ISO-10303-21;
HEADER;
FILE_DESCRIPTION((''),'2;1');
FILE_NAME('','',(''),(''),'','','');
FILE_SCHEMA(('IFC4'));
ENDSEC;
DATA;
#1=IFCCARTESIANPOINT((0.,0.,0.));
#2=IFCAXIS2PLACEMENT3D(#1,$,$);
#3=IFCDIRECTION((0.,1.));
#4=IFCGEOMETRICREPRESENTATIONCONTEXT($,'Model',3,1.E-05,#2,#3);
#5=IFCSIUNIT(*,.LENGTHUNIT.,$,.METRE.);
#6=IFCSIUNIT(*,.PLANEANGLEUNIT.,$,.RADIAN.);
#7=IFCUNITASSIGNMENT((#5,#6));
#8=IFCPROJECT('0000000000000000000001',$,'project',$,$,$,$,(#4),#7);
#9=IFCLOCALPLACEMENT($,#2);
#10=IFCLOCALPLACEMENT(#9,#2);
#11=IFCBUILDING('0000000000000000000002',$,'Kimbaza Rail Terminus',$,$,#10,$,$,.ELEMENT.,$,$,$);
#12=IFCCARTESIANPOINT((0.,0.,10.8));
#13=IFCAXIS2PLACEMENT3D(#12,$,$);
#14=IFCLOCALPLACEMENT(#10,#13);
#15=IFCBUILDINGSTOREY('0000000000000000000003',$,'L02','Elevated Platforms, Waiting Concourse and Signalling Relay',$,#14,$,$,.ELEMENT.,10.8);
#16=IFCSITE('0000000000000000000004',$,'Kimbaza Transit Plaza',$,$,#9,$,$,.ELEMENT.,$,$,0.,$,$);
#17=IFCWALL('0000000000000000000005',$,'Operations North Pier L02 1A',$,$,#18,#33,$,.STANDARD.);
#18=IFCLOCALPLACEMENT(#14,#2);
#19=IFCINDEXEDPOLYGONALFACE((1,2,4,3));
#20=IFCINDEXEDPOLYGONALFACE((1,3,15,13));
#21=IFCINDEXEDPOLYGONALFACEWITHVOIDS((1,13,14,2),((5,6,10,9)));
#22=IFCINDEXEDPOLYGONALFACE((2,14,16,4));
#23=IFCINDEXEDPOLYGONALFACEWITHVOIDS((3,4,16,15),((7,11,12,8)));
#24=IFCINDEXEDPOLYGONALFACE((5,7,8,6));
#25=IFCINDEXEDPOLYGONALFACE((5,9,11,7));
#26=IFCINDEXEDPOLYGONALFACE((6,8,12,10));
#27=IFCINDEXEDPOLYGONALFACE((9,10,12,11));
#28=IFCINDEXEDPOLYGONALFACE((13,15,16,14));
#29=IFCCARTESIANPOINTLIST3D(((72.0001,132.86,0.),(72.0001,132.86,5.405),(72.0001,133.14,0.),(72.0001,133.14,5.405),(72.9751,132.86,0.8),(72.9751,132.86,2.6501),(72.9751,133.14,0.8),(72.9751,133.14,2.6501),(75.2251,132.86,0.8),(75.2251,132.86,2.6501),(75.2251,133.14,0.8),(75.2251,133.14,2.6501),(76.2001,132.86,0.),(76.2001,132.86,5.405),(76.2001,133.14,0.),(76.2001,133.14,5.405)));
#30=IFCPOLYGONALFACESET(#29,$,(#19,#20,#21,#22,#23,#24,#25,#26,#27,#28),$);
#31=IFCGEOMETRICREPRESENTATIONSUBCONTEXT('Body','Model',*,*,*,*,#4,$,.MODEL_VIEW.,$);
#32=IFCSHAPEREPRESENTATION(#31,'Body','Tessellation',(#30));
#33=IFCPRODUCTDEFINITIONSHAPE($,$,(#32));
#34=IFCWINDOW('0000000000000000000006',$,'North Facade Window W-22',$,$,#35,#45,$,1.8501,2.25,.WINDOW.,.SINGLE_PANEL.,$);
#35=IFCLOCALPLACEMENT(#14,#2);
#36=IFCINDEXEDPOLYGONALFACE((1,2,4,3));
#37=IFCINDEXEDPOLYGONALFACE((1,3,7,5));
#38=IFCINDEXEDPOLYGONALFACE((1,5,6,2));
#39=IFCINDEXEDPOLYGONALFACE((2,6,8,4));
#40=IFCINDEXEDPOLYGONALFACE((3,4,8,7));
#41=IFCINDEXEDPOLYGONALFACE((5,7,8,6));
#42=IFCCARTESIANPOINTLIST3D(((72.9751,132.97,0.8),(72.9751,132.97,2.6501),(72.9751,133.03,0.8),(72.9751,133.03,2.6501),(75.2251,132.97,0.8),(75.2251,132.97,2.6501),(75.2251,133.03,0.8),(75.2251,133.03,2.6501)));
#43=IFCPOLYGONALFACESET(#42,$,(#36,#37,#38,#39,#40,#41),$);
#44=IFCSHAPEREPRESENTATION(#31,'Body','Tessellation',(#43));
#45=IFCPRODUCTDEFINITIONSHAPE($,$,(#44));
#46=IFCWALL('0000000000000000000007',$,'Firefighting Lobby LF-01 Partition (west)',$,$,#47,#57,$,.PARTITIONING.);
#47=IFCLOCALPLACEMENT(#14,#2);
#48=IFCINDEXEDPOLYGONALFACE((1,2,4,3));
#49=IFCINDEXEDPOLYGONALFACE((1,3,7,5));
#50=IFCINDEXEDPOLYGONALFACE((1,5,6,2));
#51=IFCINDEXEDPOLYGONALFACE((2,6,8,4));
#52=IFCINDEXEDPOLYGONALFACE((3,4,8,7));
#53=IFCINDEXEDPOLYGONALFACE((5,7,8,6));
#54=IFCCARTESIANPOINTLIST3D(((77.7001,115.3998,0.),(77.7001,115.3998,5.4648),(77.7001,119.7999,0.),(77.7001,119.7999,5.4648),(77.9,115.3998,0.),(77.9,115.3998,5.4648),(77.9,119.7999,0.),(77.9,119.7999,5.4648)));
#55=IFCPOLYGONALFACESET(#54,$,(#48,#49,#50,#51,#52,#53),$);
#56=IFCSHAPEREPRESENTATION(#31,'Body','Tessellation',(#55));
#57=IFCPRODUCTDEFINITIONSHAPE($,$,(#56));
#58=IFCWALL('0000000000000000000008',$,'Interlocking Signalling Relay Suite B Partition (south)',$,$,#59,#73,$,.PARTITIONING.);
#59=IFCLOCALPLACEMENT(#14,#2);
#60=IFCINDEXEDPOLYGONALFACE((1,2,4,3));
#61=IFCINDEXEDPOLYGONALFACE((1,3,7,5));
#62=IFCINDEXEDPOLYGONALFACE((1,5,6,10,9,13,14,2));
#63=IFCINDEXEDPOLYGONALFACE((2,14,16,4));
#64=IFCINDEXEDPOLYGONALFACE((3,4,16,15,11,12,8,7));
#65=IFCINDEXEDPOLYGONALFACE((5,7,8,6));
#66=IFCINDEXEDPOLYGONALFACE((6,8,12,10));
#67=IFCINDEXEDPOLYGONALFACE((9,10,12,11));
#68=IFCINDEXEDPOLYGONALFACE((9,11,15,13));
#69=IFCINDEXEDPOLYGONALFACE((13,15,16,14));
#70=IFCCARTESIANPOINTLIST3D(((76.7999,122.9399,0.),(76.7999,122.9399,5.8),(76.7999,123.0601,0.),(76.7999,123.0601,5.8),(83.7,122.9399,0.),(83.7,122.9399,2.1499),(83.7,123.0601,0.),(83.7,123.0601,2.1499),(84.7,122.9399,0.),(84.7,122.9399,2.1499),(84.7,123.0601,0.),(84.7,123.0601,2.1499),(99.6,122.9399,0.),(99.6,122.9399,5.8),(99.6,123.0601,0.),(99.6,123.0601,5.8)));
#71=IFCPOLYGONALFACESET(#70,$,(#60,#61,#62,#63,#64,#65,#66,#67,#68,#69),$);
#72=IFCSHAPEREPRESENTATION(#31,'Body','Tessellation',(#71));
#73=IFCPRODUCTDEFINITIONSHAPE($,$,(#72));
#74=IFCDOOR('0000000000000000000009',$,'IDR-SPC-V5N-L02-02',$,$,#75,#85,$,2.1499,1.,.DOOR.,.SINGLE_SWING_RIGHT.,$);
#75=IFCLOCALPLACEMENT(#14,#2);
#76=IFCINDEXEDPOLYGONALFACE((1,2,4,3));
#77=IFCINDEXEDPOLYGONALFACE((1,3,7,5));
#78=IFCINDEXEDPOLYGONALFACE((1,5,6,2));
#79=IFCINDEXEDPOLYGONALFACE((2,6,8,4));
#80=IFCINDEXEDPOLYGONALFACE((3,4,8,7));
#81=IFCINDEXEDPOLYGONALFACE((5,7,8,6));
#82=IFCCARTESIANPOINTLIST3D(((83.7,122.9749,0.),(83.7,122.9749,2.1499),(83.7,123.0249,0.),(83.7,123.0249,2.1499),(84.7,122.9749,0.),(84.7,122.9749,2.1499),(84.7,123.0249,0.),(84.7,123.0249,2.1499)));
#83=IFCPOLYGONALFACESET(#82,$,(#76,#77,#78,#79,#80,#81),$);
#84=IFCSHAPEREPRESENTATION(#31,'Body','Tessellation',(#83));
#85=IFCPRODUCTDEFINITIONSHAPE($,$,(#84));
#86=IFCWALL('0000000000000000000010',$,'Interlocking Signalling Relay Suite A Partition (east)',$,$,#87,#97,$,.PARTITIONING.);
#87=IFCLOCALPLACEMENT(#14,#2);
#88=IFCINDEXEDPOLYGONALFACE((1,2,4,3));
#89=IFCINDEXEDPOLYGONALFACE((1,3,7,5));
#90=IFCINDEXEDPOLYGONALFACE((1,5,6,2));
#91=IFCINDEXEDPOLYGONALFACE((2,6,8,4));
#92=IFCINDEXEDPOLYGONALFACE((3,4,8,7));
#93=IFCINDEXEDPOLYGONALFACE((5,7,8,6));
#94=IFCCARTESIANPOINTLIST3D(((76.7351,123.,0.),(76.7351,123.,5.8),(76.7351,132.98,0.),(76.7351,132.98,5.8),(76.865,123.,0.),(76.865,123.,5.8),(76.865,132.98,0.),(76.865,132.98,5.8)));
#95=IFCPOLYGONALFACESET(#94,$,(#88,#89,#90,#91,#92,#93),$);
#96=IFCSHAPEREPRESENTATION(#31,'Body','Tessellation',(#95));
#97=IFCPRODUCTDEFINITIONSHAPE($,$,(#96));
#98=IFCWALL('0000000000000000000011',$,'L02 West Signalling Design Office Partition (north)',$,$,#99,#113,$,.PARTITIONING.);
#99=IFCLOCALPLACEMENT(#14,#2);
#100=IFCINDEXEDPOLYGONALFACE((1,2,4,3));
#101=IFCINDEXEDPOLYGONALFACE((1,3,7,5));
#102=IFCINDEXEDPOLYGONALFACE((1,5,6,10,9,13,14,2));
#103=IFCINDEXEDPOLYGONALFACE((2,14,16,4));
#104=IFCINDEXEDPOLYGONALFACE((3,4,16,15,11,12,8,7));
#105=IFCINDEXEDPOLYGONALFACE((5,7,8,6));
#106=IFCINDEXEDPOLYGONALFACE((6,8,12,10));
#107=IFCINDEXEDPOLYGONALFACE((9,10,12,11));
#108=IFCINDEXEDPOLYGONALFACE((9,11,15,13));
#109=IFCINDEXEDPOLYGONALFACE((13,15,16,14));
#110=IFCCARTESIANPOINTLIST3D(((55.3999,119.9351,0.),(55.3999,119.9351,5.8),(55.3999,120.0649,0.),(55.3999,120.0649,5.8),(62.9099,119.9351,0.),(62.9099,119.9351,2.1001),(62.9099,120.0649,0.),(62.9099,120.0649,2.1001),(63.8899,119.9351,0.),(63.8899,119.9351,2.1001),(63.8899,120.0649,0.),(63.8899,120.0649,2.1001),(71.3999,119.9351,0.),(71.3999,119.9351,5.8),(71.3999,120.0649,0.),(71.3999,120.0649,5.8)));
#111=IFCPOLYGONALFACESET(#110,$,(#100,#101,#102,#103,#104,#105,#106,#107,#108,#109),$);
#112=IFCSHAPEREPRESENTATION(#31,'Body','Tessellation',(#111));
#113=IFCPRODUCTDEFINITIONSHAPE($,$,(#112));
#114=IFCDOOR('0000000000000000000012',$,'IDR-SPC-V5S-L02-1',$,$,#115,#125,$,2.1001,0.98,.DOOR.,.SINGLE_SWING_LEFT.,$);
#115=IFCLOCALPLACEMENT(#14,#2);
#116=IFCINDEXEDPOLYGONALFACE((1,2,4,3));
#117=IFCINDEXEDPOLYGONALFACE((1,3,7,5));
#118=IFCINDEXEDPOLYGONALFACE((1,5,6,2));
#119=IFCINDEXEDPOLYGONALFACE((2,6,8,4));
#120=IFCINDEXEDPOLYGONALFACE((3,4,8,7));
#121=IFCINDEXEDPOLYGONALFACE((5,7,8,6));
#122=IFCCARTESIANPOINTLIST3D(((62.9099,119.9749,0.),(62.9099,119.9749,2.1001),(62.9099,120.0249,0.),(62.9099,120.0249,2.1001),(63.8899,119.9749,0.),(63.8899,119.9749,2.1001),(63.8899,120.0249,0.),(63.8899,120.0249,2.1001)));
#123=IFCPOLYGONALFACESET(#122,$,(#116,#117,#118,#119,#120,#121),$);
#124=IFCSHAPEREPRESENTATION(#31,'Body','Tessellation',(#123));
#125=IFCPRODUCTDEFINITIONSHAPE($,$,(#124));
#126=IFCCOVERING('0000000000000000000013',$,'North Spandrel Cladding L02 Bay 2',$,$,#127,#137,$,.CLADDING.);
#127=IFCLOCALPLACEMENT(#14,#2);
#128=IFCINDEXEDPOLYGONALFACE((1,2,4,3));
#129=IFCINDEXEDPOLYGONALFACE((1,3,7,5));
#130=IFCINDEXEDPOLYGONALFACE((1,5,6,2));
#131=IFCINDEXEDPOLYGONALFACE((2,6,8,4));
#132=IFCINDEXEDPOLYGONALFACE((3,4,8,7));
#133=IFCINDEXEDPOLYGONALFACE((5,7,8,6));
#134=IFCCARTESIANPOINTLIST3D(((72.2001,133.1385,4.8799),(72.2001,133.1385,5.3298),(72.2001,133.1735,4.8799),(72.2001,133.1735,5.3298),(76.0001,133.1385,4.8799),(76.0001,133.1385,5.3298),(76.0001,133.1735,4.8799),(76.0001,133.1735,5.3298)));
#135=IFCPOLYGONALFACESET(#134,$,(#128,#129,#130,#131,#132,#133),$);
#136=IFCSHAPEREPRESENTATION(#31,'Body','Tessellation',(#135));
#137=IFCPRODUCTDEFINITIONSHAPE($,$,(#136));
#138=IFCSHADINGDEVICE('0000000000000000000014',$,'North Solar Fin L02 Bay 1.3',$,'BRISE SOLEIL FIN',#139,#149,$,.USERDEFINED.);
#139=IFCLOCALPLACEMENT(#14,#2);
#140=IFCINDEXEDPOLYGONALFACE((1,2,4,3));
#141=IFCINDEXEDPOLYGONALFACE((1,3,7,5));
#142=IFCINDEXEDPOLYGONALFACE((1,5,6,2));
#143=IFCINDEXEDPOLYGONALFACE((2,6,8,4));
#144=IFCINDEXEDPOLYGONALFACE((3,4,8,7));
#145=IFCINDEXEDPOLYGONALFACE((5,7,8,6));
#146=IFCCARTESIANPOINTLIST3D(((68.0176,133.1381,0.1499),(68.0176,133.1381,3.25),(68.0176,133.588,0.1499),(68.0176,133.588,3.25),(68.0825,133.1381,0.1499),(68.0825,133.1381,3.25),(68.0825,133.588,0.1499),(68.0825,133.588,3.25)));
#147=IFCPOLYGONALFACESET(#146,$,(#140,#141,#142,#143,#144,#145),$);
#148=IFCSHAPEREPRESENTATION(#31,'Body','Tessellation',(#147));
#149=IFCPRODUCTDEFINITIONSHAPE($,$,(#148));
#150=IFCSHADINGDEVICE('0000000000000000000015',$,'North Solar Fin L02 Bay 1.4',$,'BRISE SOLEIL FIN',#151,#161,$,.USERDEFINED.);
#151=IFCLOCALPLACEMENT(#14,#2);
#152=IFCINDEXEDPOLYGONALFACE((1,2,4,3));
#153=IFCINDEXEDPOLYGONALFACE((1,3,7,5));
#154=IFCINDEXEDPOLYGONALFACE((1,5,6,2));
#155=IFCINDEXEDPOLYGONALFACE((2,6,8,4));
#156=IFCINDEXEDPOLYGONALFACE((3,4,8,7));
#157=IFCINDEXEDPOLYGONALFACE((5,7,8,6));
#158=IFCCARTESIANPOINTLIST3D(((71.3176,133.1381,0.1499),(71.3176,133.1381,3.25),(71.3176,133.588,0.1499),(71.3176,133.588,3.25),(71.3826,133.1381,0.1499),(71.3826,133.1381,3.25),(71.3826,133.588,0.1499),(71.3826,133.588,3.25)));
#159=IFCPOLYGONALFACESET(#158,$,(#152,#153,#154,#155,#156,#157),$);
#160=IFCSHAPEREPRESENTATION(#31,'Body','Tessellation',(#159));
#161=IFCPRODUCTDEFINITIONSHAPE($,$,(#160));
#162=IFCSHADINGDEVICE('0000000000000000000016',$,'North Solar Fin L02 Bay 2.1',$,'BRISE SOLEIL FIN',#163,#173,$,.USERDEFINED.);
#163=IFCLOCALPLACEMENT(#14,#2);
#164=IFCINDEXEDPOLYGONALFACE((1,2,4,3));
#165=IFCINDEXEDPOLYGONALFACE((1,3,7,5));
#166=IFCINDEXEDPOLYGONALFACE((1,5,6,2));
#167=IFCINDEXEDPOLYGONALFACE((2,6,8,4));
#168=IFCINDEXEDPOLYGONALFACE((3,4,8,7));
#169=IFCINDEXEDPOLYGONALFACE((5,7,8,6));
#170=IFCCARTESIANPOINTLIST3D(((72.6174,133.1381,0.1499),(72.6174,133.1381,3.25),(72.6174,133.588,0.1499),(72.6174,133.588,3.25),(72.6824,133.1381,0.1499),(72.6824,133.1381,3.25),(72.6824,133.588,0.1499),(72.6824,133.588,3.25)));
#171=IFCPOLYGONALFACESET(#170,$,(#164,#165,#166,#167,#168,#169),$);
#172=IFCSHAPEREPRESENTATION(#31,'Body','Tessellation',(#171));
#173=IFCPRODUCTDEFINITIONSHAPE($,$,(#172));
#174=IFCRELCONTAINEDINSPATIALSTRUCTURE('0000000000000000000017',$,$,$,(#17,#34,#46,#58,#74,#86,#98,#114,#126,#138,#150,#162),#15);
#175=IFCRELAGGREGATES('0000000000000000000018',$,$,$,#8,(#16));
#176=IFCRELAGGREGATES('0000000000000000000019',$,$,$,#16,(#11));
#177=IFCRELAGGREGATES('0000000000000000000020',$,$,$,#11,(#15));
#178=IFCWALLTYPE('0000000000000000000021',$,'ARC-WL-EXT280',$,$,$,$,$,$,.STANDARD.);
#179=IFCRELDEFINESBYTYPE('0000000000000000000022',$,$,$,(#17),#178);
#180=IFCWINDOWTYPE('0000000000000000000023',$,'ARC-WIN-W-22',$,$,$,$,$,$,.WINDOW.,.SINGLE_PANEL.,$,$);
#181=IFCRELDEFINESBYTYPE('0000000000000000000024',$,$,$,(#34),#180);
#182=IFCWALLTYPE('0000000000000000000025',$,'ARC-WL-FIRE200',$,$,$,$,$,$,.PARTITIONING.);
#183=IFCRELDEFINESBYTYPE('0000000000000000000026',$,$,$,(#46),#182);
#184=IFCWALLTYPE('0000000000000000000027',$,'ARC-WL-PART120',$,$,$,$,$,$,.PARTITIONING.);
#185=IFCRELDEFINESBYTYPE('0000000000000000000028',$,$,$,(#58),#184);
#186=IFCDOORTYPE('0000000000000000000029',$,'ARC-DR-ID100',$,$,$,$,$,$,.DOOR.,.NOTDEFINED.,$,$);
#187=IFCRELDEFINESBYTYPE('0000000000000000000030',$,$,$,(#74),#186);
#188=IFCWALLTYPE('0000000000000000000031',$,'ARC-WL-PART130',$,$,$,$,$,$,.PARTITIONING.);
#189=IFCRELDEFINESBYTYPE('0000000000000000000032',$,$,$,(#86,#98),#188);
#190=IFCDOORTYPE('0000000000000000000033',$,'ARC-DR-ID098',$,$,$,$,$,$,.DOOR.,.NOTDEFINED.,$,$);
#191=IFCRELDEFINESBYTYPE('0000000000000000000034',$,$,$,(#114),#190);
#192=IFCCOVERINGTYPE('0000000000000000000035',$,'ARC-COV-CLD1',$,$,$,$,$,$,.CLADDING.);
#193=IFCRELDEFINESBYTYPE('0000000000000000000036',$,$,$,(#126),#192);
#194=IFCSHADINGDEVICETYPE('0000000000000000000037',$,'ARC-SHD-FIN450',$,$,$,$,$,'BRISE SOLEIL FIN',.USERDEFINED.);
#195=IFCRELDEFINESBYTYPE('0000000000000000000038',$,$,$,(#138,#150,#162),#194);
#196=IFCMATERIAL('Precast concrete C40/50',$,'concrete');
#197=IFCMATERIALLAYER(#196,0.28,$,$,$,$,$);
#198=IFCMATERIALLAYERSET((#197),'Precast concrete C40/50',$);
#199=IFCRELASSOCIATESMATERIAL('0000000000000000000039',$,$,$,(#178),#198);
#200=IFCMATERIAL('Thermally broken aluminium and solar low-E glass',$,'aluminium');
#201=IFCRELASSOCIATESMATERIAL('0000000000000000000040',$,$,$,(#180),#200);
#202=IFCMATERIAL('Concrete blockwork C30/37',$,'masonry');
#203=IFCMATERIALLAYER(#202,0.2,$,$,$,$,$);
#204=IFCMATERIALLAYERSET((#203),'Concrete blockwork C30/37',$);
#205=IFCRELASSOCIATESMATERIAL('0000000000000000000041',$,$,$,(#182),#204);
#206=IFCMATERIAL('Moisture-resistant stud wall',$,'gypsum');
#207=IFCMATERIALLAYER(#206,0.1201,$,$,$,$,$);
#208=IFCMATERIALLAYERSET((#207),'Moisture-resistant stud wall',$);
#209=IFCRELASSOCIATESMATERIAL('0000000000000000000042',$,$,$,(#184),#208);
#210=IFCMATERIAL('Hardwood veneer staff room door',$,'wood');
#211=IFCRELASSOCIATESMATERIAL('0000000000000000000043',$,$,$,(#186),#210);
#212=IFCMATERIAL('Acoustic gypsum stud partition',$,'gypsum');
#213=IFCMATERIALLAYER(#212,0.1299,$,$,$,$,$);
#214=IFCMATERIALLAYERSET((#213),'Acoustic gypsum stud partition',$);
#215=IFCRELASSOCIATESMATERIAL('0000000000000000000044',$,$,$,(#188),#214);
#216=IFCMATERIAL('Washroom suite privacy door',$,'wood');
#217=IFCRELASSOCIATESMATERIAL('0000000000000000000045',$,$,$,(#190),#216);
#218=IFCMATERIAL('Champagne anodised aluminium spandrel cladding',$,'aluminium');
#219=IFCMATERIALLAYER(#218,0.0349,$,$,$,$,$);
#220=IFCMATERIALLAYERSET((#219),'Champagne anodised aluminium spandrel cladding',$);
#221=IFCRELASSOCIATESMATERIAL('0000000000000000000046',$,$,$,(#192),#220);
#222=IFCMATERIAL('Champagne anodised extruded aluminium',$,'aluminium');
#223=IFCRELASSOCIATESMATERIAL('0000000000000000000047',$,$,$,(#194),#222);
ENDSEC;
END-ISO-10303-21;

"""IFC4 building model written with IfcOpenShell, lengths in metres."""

from ifc_helpers import new_model, si_unit, direction, frame, frame_2d, origin, origin_2d, place, context, subcontext, project, spatial, rectangle, extrude, material, layer, layer_set, type_object, element, fill, save


model = new_model("IFC4")

# Units and contexts
model_context = context("Model", 3, precision=1e-05, world=origin(), true_north=direction((0.0, 1.0)))
body_context = subcontext(model_context, "Body", "Model", "MODEL_VIEW")
ifc_project = project(units=[si_unit("LENGTHUNIT", "METRE"), si_unit("PLANEANGLEUNIT", "RADIAN")], contexts=[model_context])

# Site, building, storey
site_placement = place(None, origin())
site = spatial("IfcSite", under=ifc_project, at=site_placement, Name="Kimbaza Transit Plaza", CompositionType="ELEMENT", RefElevation=0.0)
building_placement = place(site_placement, origin())
building = spatial("IfcBuilding", under=site, at=building_placement, Name="Kimbaza Rail Terminus", CompositionType="ELEMENT")
storey_placement = place(building_placement, frame((0.0, 0.0, 10.8)))
storey = spatial("IfcBuildingStorey", under=building, at=storey_placement, Name="L02", Description="Elevated Platforms, Waiting Concourse and Signalling Relay", CompositionType="ELEMENT", Elevation=10.8)

# Wall, opening, window
ifc_material_1 = material(Name="Precast concrete C40/50", Category="concrete")
ifc_layer_1 = layer(ifc_material_1, 0.28)
ifc_layer_set_1 = layer_set([ifc_layer_1], Name="Precast concrete C40/50")
wall_type_1 = type_object("IfcWallType", Name="ARC-WL-EXT280", PredefinedType="STANDARD", material=ifc_layer_set_1)
wall_1_placement = place(storey_placement, frame((72.0, 133.0, 0.0), z_axis=(0.0, 0.0, 1.0), x_axis=(1.0, 0.0, 0.0)))
wall_1 = element("IfcWall", 1, at=wall_1_placement, inside=storey, type_object=wall_type_1, Name="Operations North Pier L02 1A", PredefinedType="STANDARD", context=body_context, shape_type="SweptSolid", body=[
    extrude(rectangle(XDim=4.2, YDim=0.28, at=frame_2d((2.1001, 0.0))), origin(), (0.0, 0.0, 1.0), 5.405),
])
opening_1_placement = place(wall_1_placement, frame((0.9751, 0.0, 0.8)))
opening_1 = element("IfcOpeningElement", 2, at=opening_1_placement, cuts=wall_1, PredefinedType="OPENING", context=body_context, shape_type="SweptSolid", body=[
    extrude(rectangle(XDim=2.25, YDim=1.8501, at=frame_2d((1.125, 0.925))), frame((0.0, 0.1499, 0.0), z_axis=(0.0, -1.0, 0.0), x_axis=(1.0, 0.0, 0.0)), (0.0, 0.0, 1.0), 0.3),
])
ifc_material_2 = material(Name="Thermally broken aluminium and solar low-E glass", Category="aluminium")
window_type_1 = type_object("IfcWindowType", Name="ARC-WIN-W-22", PartitioningType="SINGLE_PANEL", PredefinedType="WINDOW", material=ifc_material_2)
window_1_placement = place(opening_1_placement, origin())
window_1 = element("IfcWindow", 3, at=window_1_placement, inside=storey, type_object=window_type_1, Name="North Facade Window W-22", OverallHeight=1.8501, OverallWidth=2.25, PartitioningType="SINGLE_PANEL", PredefinedType="WINDOW", context=body_context, shape_type="SweptSolid", body=[
    extrude(rectangle(XDim=2.25, YDim=1.8501, at=frame_2d((1.125, 0.925))), frame((0.0, 0.03, 0.0), z_axis=(0.0, -1.0, 0.0), x_axis=(1.0, 0.0, 0.0)), (0.0, 0.0, 1.0), 0.0601),
])
fill(opening_1, window_1)

# Wall
ifc_material_3 = material(Name="Concrete blockwork C30/37", Category="masonry")
ifc_layer_2 = layer(ifc_material_3, 0.2)
ifc_layer_set_2 = layer_set([ifc_layer_2], Name="Concrete blockwork C30/37")
wall_type_2 = type_object("IfcWallType", Name="ARC-WL-FIRE200", PredefinedType="PARTITIONING", material=ifc_layer_set_2)
wall_2_placement = place(storey_placement, frame((77.8, 119.8, 0.0), z_axis=(0.0, 0.0, 1.0), x_axis=(0.0, -1.0, 0.0)))
element("IfcWall", 4, at=wall_2_placement, inside=storey, type_object=wall_type_2, Name="Firefighting Lobby LF-01 Partition (west)", PredefinedType="PARTITIONING", context=body_context, shape_type="SweptSolid", body=[
    extrude(rectangle(XDim=4.4001, YDim=0.2, at=frame_2d((2.2002, 0.0))), origin(), (0.0, 0.0, 1.0), 5.4648),
])

# Wall, opening, door
ifc_material_4 = material(Name="Moisture-resistant stud wall", Category="gypsum")
ifc_layer_3 = layer(ifc_material_4, 0.1201)
ifc_layer_set_3 = layer_set([ifc_layer_3], Name="Moisture-resistant stud wall")
wall_type_3 = type_object("IfcWallType", Name="ARC-WL-PART120", PredefinedType="PARTITIONING", material=ifc_layer_set_3)
wall_3_placement = place(storey_placement, frame((76.8, 123.0, 0.0), z_axis=(0.0, 0.0, 1.0), x_axis=(1.0, 0.0, 0.0)))
wall_3 = element("IfcWall", 5, at=wall_3_placement, inside=storey, type_object=wall_type_3, Name="Interlocking Signalling Relay Suite B Partition (south)", PredefinedType="PARTITIONING", context=body_context, shape_type="SweptSolid", body=[
    extrude(rectangle(XDim=22.8, YDim=0.1201, at=frame_2d((11.3999, 0.0))), origin(), (0.0, 0.0, 1.0), 5.8),
])
opening_2_placement = place(wall_3_placement, frame((6.8999, 0.0, 0.0)))
opening_2 = element("IfcOpeningElement", 6, at=opening_2_placement, cuts=wall_3, PredefinedType="OPENING", context=body_context, shape_type="SweptSolid", body=[
    extrude(rectangle(XDim=1.0, YDim=2.1499, at=frame_2d((0.5, 1.075))), frame((0.0, 0.0701, 0.0), z_axis=(0.0, -1.0, 0.0), x_axis=(1.0, 0.0, 0.0)), (0.0, 0.0, 1.0), 0.1401),
])
ifc_material_5 = material(Name="Hardwood veneer staff room door", Category="wood")
door_type_1 = type_object("IfcDoorType", Name="ARC-DR-ID100", OperationType="NOTDEFINED", PredefinedType="DOOR", material=ifc_material_5)
door_1_placement = place(opening_2_placement, origin())
door_1 = element("IfcDoor", 7, at=door_1_placement, inside=storey, type_object=door_type_1, Name="IDR-SPC-V5N-L02-02", OperationType="SINGLE_SWING_RIGHT", OverallHeight=2.1499, OverallWidth=1.0, PredefinedType="DOOR", context=body_context, shape_type="SweptSolid", body=[
    extrude(rectangle(XDim=1.0, YDim=2.1499, at=frame_2d((0.5, 1.075))), frame((0.0, 0.0249, 0.0), z_axis=(0.0, -1.0, 0.0), x_axis=(1.0, 0.0, 0.0)), (0.0, 0.0, 1.0), 0.05),
])
fill(opening_2, door_1)

# Wall
ifc_material_6 = material(Name="Acoustic gypsum stud partition", Category="gypsum")
ifc_layer_4 = layer(ifc_material_6, 0.1299)
ifc_layer_set_4 = layer_set([ifc_layer_4], Name="Acoustic gypsum stud partition")
wall_type_4 = type_object("IfcWallType", Name="ARC-WL-PART130", PredefinedType="PARTITIONING", material=ifc_layer_set_4)
wall_4_placement = place(storey_placement, frame((76.8, 123.0, 0.0), z_axis=(0.0, 0.0, 1.0), x_axis=(0.0, 1.0, 0.0)))
element("IfcWall", 8, at=wall_4_placement, inside=storey, type_object=wall_type_4, Name="Interlocking Signalling Relay Suite A Partition (east)", PredefinedType="PARTITIONING", context=body_context, shape_type="SweptSolid", body=[
    extrude(rectangle(XDim=9.98, YDim=0.1299, at=frame_2d((4.99, 0.0))), origin(), (0.0, 0.0, 1.0), 5.8),
])

# Wall, opening, door
wall_5_placement = place(storey_placement, frame((71.3999, 120.0, 0.0), z_axis=(0.0, 0.0, 1.0), x_axis=(-1.0, 0.0, 0.0)))
wall_5 = element("IfcWall", 9, at=wall_5_placement, inside=storey, type_object=wall_type_4, Name="L02 West Signalling Design Office Partition (north)", PredefinedType="PARTITIONING", context=body_context, shape_type="SweptSolid", body=[
    extrude(rectangle(XDim=16.0, YDim=0.1299, at=frame_2d((8.0, 0.0))), origin(), (0.0, 0.0, 1.0), 5.8),
])
opening_3_placement = place(wall_5_placement, frame((8.49, 0.0, 0.0), z_axis=(0.0, 0.0, 1.0), x_axis=(-1.0, 0.0, 0.0)))
opening_3 = element("IfcOpeningElement", 10, at=opening_3_placement, cuts=wall_5, PredefinedType="OPENING", context=body_context, shape_type="SweptSolid", body=[
    extrude(rectangle(XDim=0.98, YDim=2.1001, at=frame_2d((0.49, 1.05))), frame((0.0, 0.075, 0.0), z_axis=(0.0, -1.0, 0.0), x_axis=(1.0, 0.0, 0.0)), (0.0, 0.0, 1.0), 0.1499),
])
ifc_material_7 = material(Name="Washroom suite privacy door", Category="wood")
door_type_2 = type_object("IfcDoorType", Name="ARC-DR-ID098", OperationType="NOTDEFINED", PredefinedType="DOOR", material=ifc_material_7)
door_2_placement = place(opening_3_placement, origin())
door_2 = element("IfcDoor", 11, at=door_2_placement, inside=storey, type_object=door_type_2, Name="IDR-SPC-V5S-L02-1", OperationType="SINGLE_SWING_LEFT", OverallHeight=2.1001, OverallWidth=0.98, PredefinedType="DOOR", context=body_context, shape_type="SweptSolid", body=[
    extrude(rectangle(XDim=0.98, YDim=2.1001, at=frame_2d((0.49, 1.05))), frame((0.0, 0.0249, 0.0), z_axis=(0.0, -1.0, 0.0), x_axis=(1.0, 0.0, 0.0)), (0.0, 0.0, 1.0), 0.05),
])
fill(opening_3, door_2)

# Covering
ifc_material_8 = material(Name="Champagne anodised aluminium spandrel cladding", Category="aluminium")
ifc_layer_5 = layer(ifc_material_8, 0.0349)
ifc_layer_set_5 = layer_set([ifc_layer_5], Name="Champagne anodised aluminium spandrel cladding")
covering_type = type_object("IfcCoveringType", Name="ARC-COV-CLD1", PredefinedType="CLADDING", material=ifc_layer_set_5)
covering_placement = place(storey_placement, frame((74.1001, 133.156, 4.8799), z_axis=(0.0, 0.0, 1.0), x_axis=(1.0, 0.0, 0.0)))
element("IfcCovering", 12, at=covering_placement, inside=storey, type_object=covering_type, Name="North Spandrel Cladding L02 Bay 2", PredefinedType="CLADDING", context=body_context, shape_type="SweptSolid", body=[
    extrude(rectangle(XDim=3.8, YDim=0.0349, at=origin_2d()), origin(), (0.0, 0.0, 1.0), 0.45),
])

# Shading devices
ifc_material_9 = material(Name="Champagne anodised extruded aluminium", Category="aluminium")
shading_device_type = type_object("IfcShadingDeviceType", Name="ARC-SHD-FIN450", ElementType="BRISE SOLEIL FIN", PredefinedType="USERDEFINED", material=ifc_material_9)
for number, where, z_axis, x_axis, name in (
    (13, (68.05, 133.363, 0.1499), (0.0, 0.0, 1.0), (1.0, 0.0, 0.0), "North Solar Fin L02 Bay 1.3"),
    (14, (71.3501, 133.363, 0.1499), (0.0, 0.0, 1.0), (1.0, 0.0, 0.0), "North Solar Fin L02 Bay 1.4"),
    (15, (72.6499, 133.363, 0.1499), (0.0, 0.0, 1.0), (1.0, 0.0, 0.0), "North Solar Fin L02 Bay 2.1"),
):
    element("IfcShadingDevice", number, at=place(storey_placement, frame(where, z_axis=z_axis, x_axis=x_axis)), inside=storey, type_object=shading_device_type, Name=name, ObjectType="BRISE SOLEIL FIN", PredefinedType="USERDEFINED", context=body_context, shape_type="SweptSolid", body=[
        extrude(rectangle(XDim=0.0649, YDim=0.45, at=origin_2d()), origin(), (0.0, 0.0, 1.0), 3.1001),
    ])

save(model, "model.ifc")
